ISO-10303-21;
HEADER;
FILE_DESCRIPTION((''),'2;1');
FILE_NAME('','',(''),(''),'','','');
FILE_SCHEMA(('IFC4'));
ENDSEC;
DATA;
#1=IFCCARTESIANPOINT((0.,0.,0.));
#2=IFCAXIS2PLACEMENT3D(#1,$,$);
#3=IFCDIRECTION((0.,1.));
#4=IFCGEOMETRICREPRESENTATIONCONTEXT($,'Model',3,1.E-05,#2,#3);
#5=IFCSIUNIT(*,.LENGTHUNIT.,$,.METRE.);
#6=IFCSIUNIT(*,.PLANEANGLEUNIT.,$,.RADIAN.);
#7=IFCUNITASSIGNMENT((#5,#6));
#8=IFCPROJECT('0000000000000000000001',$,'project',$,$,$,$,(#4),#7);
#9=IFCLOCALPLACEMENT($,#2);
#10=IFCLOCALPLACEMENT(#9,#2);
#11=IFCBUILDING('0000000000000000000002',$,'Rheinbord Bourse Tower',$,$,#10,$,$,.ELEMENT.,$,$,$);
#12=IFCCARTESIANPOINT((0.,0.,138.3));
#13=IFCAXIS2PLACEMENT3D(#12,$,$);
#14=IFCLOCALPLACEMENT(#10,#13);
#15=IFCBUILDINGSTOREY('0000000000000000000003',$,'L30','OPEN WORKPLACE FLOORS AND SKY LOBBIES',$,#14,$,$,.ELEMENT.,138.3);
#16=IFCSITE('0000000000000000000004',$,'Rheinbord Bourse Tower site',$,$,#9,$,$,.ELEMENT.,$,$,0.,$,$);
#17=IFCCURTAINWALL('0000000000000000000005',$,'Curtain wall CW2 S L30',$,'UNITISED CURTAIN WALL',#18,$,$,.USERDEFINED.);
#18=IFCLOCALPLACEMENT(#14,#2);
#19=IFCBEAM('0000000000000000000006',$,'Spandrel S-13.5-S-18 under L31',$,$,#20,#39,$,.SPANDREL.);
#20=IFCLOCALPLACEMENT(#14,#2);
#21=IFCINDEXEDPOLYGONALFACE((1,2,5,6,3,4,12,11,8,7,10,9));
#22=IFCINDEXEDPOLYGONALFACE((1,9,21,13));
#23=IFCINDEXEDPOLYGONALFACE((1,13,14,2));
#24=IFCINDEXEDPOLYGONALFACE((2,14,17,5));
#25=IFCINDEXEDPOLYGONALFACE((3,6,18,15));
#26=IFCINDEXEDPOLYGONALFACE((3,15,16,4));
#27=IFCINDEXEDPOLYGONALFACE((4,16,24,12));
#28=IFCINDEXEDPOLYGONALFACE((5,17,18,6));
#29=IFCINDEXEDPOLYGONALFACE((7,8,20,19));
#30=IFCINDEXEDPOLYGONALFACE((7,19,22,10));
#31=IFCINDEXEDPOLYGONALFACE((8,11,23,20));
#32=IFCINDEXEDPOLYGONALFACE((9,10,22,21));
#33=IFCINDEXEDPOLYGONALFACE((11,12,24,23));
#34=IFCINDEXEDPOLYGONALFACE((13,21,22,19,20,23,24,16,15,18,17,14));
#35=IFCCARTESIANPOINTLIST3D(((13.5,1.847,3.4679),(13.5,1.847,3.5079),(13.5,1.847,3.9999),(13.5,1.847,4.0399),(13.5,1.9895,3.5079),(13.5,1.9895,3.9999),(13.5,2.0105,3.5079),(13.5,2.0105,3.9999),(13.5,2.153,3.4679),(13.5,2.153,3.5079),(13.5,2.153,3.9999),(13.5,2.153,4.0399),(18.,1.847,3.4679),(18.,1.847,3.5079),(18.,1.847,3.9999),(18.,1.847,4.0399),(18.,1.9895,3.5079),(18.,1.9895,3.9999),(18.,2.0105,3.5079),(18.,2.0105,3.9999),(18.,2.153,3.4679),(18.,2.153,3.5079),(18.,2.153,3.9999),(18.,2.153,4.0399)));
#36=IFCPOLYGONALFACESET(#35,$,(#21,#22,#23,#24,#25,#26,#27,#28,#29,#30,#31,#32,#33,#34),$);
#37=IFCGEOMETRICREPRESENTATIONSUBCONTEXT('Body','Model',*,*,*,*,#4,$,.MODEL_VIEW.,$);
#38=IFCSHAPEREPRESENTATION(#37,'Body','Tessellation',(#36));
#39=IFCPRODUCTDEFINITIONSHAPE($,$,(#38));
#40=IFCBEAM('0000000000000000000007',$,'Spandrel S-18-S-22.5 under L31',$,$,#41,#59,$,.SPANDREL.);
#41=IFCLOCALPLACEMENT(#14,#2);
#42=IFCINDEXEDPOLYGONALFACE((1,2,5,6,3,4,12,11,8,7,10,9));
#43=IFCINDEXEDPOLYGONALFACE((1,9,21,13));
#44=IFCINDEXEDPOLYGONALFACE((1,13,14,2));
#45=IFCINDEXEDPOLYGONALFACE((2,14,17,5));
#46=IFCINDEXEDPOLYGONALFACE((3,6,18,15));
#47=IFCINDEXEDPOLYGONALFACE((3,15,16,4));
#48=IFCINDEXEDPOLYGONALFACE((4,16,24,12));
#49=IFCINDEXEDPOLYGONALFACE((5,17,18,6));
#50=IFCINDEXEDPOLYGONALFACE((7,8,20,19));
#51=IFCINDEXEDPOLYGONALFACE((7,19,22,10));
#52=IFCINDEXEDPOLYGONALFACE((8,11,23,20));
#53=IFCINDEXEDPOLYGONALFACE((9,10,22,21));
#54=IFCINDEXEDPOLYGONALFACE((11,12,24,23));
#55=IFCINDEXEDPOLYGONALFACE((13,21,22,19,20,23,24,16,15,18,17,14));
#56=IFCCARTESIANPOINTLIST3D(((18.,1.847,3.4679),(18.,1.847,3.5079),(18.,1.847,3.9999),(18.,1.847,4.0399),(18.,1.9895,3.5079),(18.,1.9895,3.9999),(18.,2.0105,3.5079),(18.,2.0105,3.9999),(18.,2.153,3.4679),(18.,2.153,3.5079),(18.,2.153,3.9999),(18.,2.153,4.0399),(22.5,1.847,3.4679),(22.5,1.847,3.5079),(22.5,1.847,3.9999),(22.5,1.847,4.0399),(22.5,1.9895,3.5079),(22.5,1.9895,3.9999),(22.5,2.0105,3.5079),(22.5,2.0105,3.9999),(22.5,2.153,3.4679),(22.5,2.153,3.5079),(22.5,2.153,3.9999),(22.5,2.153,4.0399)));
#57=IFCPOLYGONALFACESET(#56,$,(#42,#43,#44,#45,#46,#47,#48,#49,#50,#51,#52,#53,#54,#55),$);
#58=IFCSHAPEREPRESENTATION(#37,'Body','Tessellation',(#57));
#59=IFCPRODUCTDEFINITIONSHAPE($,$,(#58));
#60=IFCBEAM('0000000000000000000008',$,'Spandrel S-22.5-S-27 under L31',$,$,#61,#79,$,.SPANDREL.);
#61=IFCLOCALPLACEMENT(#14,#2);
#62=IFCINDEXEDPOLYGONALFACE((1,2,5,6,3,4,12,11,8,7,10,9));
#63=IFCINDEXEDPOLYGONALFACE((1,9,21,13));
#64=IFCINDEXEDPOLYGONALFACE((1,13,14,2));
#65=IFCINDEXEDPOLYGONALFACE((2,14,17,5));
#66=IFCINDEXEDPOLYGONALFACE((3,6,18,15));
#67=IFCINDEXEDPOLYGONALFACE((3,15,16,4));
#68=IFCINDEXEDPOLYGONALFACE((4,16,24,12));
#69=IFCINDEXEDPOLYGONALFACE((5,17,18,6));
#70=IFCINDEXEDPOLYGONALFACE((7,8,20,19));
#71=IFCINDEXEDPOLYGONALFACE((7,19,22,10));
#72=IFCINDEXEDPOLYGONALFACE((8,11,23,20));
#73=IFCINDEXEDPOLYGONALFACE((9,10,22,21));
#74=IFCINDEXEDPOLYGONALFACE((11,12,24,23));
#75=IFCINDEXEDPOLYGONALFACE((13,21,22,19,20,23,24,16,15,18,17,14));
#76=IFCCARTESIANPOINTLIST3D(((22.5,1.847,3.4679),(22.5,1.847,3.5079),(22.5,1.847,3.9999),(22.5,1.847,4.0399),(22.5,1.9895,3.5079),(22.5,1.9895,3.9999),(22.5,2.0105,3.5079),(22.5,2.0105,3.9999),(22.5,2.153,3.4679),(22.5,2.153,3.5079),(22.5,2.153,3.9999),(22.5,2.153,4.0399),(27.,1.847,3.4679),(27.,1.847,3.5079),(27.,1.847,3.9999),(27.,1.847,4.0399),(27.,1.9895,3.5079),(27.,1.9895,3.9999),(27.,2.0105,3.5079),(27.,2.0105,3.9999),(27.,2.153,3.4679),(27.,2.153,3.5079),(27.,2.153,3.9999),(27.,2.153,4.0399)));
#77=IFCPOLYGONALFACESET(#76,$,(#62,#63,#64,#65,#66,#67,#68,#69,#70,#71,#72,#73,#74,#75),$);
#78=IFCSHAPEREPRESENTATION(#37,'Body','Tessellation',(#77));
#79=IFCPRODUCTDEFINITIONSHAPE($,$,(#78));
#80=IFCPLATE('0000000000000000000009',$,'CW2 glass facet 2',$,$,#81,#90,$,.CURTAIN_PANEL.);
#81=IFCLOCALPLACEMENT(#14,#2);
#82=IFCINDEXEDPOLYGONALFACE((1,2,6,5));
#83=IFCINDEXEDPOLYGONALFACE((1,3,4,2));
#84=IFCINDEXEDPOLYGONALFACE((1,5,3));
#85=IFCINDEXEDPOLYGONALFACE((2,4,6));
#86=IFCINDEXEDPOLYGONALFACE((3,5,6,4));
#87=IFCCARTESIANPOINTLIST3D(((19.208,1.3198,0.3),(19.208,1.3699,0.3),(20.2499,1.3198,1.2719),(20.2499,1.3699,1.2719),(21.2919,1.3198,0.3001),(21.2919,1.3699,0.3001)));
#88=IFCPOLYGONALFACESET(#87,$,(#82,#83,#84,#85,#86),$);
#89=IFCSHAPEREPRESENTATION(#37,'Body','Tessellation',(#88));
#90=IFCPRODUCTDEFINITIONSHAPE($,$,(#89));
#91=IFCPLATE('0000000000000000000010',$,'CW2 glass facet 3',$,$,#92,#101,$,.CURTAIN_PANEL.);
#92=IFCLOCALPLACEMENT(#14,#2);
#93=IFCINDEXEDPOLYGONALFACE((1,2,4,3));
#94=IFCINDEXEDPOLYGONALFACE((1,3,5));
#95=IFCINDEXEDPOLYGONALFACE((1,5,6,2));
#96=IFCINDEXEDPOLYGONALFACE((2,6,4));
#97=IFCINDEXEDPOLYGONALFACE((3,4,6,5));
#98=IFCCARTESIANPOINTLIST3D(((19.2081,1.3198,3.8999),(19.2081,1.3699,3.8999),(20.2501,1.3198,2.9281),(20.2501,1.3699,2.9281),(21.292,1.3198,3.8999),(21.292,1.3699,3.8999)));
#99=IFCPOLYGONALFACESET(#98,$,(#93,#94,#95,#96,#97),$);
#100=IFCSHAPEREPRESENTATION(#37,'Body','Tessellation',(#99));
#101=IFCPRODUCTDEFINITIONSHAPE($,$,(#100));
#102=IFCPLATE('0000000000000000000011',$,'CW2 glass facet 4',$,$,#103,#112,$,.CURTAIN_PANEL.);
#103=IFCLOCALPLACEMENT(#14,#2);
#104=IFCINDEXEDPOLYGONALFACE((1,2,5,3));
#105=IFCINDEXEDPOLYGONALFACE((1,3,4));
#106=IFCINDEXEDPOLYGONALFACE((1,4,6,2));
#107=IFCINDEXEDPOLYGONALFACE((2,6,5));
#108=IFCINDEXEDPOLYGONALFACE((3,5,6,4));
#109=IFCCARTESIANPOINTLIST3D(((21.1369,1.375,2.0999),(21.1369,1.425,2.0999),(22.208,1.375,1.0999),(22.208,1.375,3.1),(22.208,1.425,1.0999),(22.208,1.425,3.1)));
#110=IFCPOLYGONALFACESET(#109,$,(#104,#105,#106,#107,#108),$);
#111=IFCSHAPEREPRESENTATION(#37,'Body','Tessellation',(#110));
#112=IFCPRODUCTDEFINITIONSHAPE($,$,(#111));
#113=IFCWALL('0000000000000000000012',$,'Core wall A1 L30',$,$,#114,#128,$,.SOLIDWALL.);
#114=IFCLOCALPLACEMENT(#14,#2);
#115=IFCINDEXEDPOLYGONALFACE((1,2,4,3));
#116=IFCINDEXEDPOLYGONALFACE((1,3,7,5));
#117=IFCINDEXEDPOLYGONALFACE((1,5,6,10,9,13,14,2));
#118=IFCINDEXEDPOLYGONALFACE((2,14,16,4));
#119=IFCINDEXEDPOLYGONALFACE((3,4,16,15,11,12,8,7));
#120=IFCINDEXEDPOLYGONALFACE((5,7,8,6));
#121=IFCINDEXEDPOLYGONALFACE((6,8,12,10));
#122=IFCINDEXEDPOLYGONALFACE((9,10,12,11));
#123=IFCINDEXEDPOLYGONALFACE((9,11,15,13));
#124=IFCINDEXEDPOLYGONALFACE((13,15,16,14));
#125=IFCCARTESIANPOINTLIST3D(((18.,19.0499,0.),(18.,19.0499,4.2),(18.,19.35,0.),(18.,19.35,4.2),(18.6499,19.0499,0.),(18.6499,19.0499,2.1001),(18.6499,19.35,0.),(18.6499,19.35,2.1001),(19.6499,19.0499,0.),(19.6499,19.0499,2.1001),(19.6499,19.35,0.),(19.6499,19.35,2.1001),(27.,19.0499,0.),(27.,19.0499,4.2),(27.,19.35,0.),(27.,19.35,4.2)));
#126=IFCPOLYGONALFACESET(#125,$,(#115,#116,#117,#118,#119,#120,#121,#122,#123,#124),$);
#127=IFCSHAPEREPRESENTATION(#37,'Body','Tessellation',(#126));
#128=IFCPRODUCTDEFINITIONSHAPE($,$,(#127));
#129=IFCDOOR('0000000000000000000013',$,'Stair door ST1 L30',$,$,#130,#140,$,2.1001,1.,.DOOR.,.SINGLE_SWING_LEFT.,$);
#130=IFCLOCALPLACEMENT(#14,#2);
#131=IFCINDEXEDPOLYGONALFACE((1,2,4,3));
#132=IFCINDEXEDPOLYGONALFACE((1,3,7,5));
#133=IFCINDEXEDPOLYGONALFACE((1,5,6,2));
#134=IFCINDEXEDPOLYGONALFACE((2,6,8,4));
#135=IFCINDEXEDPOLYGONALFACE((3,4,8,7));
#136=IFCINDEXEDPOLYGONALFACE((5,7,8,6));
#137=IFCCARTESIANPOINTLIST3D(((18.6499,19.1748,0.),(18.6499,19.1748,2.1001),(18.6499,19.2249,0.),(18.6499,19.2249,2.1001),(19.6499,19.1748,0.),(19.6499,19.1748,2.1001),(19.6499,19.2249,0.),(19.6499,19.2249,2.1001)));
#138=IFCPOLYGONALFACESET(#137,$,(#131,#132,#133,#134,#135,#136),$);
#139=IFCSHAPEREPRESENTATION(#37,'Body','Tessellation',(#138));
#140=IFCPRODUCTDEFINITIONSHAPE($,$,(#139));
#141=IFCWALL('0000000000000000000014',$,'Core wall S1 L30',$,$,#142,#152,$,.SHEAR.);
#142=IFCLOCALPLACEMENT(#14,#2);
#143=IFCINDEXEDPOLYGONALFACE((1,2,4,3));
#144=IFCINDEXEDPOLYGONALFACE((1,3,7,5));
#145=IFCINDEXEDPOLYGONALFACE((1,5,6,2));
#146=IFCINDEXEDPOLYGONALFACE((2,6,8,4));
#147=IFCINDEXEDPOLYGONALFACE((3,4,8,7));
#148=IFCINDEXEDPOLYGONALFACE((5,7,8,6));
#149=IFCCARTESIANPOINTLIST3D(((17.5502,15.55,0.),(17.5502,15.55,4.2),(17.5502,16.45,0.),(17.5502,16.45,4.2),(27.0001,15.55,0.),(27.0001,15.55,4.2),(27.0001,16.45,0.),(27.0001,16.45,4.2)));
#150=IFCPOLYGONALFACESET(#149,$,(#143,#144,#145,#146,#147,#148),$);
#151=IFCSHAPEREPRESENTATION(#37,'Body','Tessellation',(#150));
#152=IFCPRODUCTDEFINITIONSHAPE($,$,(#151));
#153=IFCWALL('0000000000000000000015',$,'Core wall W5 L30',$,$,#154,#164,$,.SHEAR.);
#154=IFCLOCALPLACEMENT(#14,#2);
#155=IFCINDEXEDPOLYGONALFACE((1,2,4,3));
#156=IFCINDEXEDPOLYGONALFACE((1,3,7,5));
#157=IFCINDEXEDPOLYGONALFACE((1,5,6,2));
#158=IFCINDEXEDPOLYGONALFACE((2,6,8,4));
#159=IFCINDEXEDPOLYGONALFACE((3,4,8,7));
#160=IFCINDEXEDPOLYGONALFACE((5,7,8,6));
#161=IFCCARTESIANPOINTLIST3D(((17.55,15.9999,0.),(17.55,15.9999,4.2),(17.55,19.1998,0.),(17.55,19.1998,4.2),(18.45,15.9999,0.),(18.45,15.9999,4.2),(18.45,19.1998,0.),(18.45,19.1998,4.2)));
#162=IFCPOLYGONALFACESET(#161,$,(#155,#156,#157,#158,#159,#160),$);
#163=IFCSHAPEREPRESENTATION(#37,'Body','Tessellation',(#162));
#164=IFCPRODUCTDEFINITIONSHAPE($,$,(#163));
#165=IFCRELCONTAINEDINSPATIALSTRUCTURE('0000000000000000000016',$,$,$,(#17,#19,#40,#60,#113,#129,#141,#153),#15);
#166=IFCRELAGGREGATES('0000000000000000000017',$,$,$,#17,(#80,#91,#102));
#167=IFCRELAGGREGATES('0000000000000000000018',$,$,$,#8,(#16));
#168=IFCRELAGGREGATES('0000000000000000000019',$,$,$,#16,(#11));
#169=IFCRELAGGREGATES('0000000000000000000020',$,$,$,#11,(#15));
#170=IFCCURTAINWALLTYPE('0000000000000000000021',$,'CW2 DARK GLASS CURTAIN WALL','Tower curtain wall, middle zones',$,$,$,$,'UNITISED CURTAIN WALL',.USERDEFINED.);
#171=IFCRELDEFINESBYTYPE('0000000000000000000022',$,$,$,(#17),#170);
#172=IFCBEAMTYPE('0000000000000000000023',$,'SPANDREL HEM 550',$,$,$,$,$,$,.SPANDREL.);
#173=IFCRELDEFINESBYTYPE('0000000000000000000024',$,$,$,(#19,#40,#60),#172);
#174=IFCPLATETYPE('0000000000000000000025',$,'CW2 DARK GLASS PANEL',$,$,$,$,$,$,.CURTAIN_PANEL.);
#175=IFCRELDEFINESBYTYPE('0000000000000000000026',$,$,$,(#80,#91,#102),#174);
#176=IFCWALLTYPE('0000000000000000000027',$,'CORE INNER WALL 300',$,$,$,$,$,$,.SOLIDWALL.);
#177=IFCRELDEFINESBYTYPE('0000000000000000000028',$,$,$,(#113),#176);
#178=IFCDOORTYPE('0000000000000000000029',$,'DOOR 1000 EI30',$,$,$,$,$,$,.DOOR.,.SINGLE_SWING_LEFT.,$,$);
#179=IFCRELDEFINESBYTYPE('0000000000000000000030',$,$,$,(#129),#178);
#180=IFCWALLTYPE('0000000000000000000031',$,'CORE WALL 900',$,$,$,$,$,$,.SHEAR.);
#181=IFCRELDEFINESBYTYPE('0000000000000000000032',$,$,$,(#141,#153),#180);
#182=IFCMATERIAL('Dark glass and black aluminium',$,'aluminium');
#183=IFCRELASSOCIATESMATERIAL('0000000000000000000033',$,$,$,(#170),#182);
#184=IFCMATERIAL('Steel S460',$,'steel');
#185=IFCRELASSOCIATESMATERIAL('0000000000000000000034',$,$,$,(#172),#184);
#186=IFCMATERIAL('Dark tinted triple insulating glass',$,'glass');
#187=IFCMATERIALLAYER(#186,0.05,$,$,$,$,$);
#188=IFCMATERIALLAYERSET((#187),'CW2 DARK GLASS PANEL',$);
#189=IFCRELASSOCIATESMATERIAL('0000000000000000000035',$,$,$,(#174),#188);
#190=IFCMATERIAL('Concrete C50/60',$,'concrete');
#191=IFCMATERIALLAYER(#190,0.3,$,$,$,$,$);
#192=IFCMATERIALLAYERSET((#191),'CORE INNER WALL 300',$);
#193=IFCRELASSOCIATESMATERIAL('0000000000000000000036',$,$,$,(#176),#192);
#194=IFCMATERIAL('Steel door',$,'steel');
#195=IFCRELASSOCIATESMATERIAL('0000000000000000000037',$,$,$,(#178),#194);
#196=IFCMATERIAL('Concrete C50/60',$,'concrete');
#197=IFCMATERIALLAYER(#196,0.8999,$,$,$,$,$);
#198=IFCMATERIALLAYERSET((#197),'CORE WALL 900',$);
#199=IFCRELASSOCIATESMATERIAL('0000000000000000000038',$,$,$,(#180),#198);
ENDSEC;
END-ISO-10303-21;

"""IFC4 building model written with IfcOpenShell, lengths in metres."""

from ifc_helpers import new_model, si_unit, direction, frame, frame_2d, origin, origin_2d, place, context, subcontext, project, spatial, polyline, rectangle, i_section, outline, extrude, material, layer, layer_set, material_profile, profile_set, type_object, element, fill, aggregate, save


model = new_model("IFC4")

# Units and contexts
model_context = context("Model", 3, precision=1e-05, world=origin(), true_north=direction((0.0, 1.0)))
body_context = subcontext(model_context, "Body", "Model", "MODEL_VIEW")
ifc_project = project(units=[si_unit("LENGTHUNIT", "METRE"), si_unit("PLANEANGLEUNIT", "RADIAN")], contexts=[model_context])

# Site, building, storey
site_placement = place(None, origin())
site = spatial("IfcSite", under=ifc_project, at=site_placement, Name="Rheinbord Bourse Tower site", CompositionType="ELEMENT", RefElevation=0.0)
building_placement = place(site_placement, origin())
building = spatial("IfcBuilding", under=site, at=building_placement, Name="Rheinbord Bourse Tower", CompositionType="ELEMENT")
storey_placement = place(building_placement, frame((0.0, 0.0, 138.3)))
storey = spatial("IfcBuildingStorey", under=building, at=storey_placement, Name="L30", Description="OPEN WORKPLACE FLOORS AND SKY LOBBIES", CompositionType="ELEMENT", Elevation=138.3)

# Curtain wall
ifc_material_1 = material(Name="Dark glass and black aluminium", Category="aluminium")
curtain_wall_type = type_object("IfcCurtainWallType", Name="CW2 DARK GLASS CURTAIN WALL", Description="Tower curtain wall, middle zones", ElementType="UNITISED CURTAIN WALL", PredefinedType="USERDEFINED", material=ifc_material_1)
curtain_wall_placement = place(storey_placement, origin())
curtain_wall = element("IfcCurtainWall", 1, at=curtain_wall_placement, inside=storey, type_object=curtain_wall_type, Name="Curtain wall CW2 S L30", ObjectType="UNITISED CURTAIN WALL", PredefinedType="USERDEFINED")

# Beams
ifc_material_2 = material(Name="Steel S460", Category="steel")
ifc_material_profile_1 = material_profile(ifc_material_2, i_section(OverallWidth=0.3059, OverallDepth=0.572, WebThickness=0.021, FlangeThickness=0.04, at=origin_2d()), Name="HEM 550")
ifc_profile_set_1 = profile_set([ifc_material_profile_1], Name="Steel S460")
beam_type_1 = type_object("IfcBeamType", Name="SPANDREL HEM 550", PredefinedType="SPANDREL", material=ifc_profile_set_1)
for number, where, z_axis, x_axis, name in (
    (2, (13.5, 2.0, 3.7539), (1.0, 0.0, 0.0), (0.0, 1.0, 0.0), "Spandrel S-13.5-S-18 under L31"),
    (3, (18.0, 2.0, 3.7539), (1.0, 0.0, 0.0), (0.0, 1.0, 0.0), "Spandrel S-18-S-22.5 under L31"),
    (4, (22.5, 2.0, 3.7539), (1.0, 0.0, 0.0), (0.0, 1.0, 0.0), "Spandrel S-22.5-S-27 under L31"),
):
    element("IfcBeam", number, at=place(storey_placement, frame(where, z_axis=z_axis, x_axis=x_axis)), inside=storey, type_object=beam_type_1, Name=name, PredefinedType="SPANDREL", context=body_context, shape_type="SweptSolid", body=[
        extrude(i_section(OverallWidth=0.3059, OverallDepth=0.572, WebThickness=0.021, FlangeThickness=0.04, at=origin_2d()), origin(), (0.0, 0.0, 1.0), 4.5),
    ])

# Plates
ifc_material_3 = material(Name="Dark tinted triple insulating glass", Category="glass")
ifc_layer_1 = layer(ifc_material_3, 0.05)
ifc_layer_set_1 = layer_set([ifc_layer_1], Name="CW2 DARK GLASS PANEL")
plate_type = type_object("IfcPlateType", Name="CW2 DARK GLASS PANEL", PredefinedType="CURTAIN_PANEL", material=ifc_layer_set_1)
plate_1_placement = place(storey_placement, frame((19.208, 1.3198, 0.3), z_axis=(0.0, 1.0, 0.0), x_axis=(0.731266, 0.0, 0.682092)))
plate_1 = element("IfcPlate", 5, at=plate_1_placement, type_object=plate_type, Name="CW2 glass facet 2", PredefinedType="CURTAIN_PANEL", context=body_context, shape_type="SweptSolid", body=[
    extrude(outline(polyline([(0.0, 0.0), (1.4248, 0.0), (1.5239, 1.4214), (0.0, 0.0)])), origin(), (0.0, 0.0, 1.0), 0.05),
])
plate_2_placement = place(storey_placement, frame((21.292, 1.3198, 3.8999), z_axis=(0.0, 1.0, 0.0), x_axis=(-0.731266, 0.0, -0.682092)))
plate_2 = element("IfcPlate", 6, at=plate_2_placement, type_object=plate_type, Name="CW2 glass facet 3", PredefinedType="CURTAIN_PANEL", context=body_context, shape_type="SweptSolid", body=[
    extrude(outline(polyline([(0.0, 0.0), (1.4248, 0.0), (1.5239, 1.4214), (0.0, 0.0)])), origin(), (0.0, 0.0, 1.0), 0.05),
])
plate_3_placement = place(storey_placement, frame((22.208, 1.375, 1.0999), z_axis=(0.0, 1.0, 0.0), x_axis=(-0.730933, 0.0, 0.682449)))
plate_3 = element("IfcPlate", 7, at=plate_3_placement, type_object=plate_type, Name="CW2 glass facet 4", PredefinedType="CURTAIN_PANEL", context=body_context, shape_type="SweptSolid", body=[
    extrude(outline(polyline([(0.0, 0.0), (1.4653, 0.0), (1.365, 1.4619), (0.0, 0.0)])), origin(), (0.0, 0.0, 1.0), 0.05),
])
aggregate(curtain_wall, [plate_1, plate_2, plate_3])

# Wall, opening, door
ifc_material_4 = material(Name="Concrete C50/60", Category="concrete")
ifc_layer_2 = layer(ifc_material_4, 0.3)
ifc_layer_set_2 = layer_set([ifc_layer_2], Name="CORE INNER WALL 300")
wall_type_1 = type_object("IfcWallType", Name="CORE INNER WALL 300", PredefinedType="SOLIDWALL", material=ifc_layer_set_2)
wall_1_placement = place(storey_placement, frame((18.0, 19.2, 0.0), z_axis=(0.0, 0.0, 1.0), x_axis=(1.0, 0.0, 0.0)))
wall_1 = element("IfcWall", 8, at=wall_1_placement, inside=storey, type_object=wall_type_1, Name="Core wall A1 L30", PredefinedType="SOLIDWALL", context=body_context, shape_type="SweptSolid", body=[
    extrude(rectangle(XDim=9.0, YDim=0.3, at=frame_2d((4.5, 0.0))), origin(), (0.0, 0.0, 1.0), 4.2),
])
opening_1_placement = place(wall_1_placement, frame((0.6499, 0.0, 0.0)))
opening_1 = element("IfcOpeningElement", 9, at=opening_1_placement, cuts=wall_1, PredefinedType="OPENING", context=body_context, shape_type="SweptSolid", body=[
    extrude(rectangle(XDim=1.0, YDim=2.1001, at=frame_2d((0.5, 1.05))), frame((0.0, 0.1599, 0.0), z_axis=(0.0, -1.0, 0.0), x_axis=(1.0, 0.0, 0.0)), (0.0, 0.0, 1.0), 0.3201),
])
ifc_material_5 = material(Name="Steel door", Category="steel")
door_type_1 = type_object("IfcDoorType", Name="DOOR 1000 EI30", OperationType="SINGLE_SWING_LEFT", PredefinedType="DOOR", material=ifc_material_5)
door_1_placement = place(opening_1_placement, origin())
door_1 = element("IfcDoor", 10, at=door_1_placement, inside=storey, type_object=door_type_1, Name="Stair door ST1 L30", OperationType="SINGLE_SWING_LEFT", OverallHeight=2.1001, OverallWidth=1.0, PredefinedType="DOOR", context=body_context, shape_type="SweptSolid", body=[
    extrude(rectangle(XDim=1.0, YDim=2.1001, at=frame_2d((0.5, 1.05))), frame((0.0, 0.0249, 0.0), z_axis=(0.0, -1.0, 0.0), x_axis=(1.0, 0.0, 0.0)), (0.0, 0.0, 1.0), 0.05),
])
fill(opening_1, door_1)

# Walls
ifc_material_6 = material(Name="Concrete C50/60", Category="concrete")
ifc_layer_3 = layer(ifc_material_6, 0.8999)
ifc_layer_set_3 = layer_set([ifc_layer_3], Name="CORE WALL 900")
wall_type_2 = type_object("IfcWallType", Name="CORE WALL 900", PredefinedType="SHEAR", material=ifc_layer_set_3)
wall_2_placement = place(storey_placement, frame((17.55, 16.0, 0.0), z_axis=(0.0, 0.0, 1.0), x_axis=(1.0, 0.0, 0.0)))
element("IfcWall", 11, at=wall_2_placement, inside=storey, type_object=wall_type_2, Name="Core wall S1 L30", PredefinedType="SHEAR", context=body_context, shape_type="SweptSolid", body=[
    extrude(rectangle(XDim=9.45, YDim=0.8999, at=frame_2d((4.7251, 0.0))), origin(), (0.0, 0.0, 1.0), 4.2),
])
wall_3_placement = place(storey_placement, frame((18.0, 19.2, 0.0), z_axis=(0.0, 0.0, 1.0), x_axis=(0.0, -1.0, 0.0)))
element("IfcWall", 12, at=wall_3_placement, inside=storey, type_object=wall_type_2, Name="Core wall W5 L30", PredefinedType="SHEAR", context=body_context, shape_type="SweptSolid", body=[
    extrude(rectangle(XDim=3.2, YDim=0.8999, at=frame_2d((1.6001, 0.0))), origin(), (0.0, 0.0, 1.0), 4.2),
])

save(model, "model.ifc")
